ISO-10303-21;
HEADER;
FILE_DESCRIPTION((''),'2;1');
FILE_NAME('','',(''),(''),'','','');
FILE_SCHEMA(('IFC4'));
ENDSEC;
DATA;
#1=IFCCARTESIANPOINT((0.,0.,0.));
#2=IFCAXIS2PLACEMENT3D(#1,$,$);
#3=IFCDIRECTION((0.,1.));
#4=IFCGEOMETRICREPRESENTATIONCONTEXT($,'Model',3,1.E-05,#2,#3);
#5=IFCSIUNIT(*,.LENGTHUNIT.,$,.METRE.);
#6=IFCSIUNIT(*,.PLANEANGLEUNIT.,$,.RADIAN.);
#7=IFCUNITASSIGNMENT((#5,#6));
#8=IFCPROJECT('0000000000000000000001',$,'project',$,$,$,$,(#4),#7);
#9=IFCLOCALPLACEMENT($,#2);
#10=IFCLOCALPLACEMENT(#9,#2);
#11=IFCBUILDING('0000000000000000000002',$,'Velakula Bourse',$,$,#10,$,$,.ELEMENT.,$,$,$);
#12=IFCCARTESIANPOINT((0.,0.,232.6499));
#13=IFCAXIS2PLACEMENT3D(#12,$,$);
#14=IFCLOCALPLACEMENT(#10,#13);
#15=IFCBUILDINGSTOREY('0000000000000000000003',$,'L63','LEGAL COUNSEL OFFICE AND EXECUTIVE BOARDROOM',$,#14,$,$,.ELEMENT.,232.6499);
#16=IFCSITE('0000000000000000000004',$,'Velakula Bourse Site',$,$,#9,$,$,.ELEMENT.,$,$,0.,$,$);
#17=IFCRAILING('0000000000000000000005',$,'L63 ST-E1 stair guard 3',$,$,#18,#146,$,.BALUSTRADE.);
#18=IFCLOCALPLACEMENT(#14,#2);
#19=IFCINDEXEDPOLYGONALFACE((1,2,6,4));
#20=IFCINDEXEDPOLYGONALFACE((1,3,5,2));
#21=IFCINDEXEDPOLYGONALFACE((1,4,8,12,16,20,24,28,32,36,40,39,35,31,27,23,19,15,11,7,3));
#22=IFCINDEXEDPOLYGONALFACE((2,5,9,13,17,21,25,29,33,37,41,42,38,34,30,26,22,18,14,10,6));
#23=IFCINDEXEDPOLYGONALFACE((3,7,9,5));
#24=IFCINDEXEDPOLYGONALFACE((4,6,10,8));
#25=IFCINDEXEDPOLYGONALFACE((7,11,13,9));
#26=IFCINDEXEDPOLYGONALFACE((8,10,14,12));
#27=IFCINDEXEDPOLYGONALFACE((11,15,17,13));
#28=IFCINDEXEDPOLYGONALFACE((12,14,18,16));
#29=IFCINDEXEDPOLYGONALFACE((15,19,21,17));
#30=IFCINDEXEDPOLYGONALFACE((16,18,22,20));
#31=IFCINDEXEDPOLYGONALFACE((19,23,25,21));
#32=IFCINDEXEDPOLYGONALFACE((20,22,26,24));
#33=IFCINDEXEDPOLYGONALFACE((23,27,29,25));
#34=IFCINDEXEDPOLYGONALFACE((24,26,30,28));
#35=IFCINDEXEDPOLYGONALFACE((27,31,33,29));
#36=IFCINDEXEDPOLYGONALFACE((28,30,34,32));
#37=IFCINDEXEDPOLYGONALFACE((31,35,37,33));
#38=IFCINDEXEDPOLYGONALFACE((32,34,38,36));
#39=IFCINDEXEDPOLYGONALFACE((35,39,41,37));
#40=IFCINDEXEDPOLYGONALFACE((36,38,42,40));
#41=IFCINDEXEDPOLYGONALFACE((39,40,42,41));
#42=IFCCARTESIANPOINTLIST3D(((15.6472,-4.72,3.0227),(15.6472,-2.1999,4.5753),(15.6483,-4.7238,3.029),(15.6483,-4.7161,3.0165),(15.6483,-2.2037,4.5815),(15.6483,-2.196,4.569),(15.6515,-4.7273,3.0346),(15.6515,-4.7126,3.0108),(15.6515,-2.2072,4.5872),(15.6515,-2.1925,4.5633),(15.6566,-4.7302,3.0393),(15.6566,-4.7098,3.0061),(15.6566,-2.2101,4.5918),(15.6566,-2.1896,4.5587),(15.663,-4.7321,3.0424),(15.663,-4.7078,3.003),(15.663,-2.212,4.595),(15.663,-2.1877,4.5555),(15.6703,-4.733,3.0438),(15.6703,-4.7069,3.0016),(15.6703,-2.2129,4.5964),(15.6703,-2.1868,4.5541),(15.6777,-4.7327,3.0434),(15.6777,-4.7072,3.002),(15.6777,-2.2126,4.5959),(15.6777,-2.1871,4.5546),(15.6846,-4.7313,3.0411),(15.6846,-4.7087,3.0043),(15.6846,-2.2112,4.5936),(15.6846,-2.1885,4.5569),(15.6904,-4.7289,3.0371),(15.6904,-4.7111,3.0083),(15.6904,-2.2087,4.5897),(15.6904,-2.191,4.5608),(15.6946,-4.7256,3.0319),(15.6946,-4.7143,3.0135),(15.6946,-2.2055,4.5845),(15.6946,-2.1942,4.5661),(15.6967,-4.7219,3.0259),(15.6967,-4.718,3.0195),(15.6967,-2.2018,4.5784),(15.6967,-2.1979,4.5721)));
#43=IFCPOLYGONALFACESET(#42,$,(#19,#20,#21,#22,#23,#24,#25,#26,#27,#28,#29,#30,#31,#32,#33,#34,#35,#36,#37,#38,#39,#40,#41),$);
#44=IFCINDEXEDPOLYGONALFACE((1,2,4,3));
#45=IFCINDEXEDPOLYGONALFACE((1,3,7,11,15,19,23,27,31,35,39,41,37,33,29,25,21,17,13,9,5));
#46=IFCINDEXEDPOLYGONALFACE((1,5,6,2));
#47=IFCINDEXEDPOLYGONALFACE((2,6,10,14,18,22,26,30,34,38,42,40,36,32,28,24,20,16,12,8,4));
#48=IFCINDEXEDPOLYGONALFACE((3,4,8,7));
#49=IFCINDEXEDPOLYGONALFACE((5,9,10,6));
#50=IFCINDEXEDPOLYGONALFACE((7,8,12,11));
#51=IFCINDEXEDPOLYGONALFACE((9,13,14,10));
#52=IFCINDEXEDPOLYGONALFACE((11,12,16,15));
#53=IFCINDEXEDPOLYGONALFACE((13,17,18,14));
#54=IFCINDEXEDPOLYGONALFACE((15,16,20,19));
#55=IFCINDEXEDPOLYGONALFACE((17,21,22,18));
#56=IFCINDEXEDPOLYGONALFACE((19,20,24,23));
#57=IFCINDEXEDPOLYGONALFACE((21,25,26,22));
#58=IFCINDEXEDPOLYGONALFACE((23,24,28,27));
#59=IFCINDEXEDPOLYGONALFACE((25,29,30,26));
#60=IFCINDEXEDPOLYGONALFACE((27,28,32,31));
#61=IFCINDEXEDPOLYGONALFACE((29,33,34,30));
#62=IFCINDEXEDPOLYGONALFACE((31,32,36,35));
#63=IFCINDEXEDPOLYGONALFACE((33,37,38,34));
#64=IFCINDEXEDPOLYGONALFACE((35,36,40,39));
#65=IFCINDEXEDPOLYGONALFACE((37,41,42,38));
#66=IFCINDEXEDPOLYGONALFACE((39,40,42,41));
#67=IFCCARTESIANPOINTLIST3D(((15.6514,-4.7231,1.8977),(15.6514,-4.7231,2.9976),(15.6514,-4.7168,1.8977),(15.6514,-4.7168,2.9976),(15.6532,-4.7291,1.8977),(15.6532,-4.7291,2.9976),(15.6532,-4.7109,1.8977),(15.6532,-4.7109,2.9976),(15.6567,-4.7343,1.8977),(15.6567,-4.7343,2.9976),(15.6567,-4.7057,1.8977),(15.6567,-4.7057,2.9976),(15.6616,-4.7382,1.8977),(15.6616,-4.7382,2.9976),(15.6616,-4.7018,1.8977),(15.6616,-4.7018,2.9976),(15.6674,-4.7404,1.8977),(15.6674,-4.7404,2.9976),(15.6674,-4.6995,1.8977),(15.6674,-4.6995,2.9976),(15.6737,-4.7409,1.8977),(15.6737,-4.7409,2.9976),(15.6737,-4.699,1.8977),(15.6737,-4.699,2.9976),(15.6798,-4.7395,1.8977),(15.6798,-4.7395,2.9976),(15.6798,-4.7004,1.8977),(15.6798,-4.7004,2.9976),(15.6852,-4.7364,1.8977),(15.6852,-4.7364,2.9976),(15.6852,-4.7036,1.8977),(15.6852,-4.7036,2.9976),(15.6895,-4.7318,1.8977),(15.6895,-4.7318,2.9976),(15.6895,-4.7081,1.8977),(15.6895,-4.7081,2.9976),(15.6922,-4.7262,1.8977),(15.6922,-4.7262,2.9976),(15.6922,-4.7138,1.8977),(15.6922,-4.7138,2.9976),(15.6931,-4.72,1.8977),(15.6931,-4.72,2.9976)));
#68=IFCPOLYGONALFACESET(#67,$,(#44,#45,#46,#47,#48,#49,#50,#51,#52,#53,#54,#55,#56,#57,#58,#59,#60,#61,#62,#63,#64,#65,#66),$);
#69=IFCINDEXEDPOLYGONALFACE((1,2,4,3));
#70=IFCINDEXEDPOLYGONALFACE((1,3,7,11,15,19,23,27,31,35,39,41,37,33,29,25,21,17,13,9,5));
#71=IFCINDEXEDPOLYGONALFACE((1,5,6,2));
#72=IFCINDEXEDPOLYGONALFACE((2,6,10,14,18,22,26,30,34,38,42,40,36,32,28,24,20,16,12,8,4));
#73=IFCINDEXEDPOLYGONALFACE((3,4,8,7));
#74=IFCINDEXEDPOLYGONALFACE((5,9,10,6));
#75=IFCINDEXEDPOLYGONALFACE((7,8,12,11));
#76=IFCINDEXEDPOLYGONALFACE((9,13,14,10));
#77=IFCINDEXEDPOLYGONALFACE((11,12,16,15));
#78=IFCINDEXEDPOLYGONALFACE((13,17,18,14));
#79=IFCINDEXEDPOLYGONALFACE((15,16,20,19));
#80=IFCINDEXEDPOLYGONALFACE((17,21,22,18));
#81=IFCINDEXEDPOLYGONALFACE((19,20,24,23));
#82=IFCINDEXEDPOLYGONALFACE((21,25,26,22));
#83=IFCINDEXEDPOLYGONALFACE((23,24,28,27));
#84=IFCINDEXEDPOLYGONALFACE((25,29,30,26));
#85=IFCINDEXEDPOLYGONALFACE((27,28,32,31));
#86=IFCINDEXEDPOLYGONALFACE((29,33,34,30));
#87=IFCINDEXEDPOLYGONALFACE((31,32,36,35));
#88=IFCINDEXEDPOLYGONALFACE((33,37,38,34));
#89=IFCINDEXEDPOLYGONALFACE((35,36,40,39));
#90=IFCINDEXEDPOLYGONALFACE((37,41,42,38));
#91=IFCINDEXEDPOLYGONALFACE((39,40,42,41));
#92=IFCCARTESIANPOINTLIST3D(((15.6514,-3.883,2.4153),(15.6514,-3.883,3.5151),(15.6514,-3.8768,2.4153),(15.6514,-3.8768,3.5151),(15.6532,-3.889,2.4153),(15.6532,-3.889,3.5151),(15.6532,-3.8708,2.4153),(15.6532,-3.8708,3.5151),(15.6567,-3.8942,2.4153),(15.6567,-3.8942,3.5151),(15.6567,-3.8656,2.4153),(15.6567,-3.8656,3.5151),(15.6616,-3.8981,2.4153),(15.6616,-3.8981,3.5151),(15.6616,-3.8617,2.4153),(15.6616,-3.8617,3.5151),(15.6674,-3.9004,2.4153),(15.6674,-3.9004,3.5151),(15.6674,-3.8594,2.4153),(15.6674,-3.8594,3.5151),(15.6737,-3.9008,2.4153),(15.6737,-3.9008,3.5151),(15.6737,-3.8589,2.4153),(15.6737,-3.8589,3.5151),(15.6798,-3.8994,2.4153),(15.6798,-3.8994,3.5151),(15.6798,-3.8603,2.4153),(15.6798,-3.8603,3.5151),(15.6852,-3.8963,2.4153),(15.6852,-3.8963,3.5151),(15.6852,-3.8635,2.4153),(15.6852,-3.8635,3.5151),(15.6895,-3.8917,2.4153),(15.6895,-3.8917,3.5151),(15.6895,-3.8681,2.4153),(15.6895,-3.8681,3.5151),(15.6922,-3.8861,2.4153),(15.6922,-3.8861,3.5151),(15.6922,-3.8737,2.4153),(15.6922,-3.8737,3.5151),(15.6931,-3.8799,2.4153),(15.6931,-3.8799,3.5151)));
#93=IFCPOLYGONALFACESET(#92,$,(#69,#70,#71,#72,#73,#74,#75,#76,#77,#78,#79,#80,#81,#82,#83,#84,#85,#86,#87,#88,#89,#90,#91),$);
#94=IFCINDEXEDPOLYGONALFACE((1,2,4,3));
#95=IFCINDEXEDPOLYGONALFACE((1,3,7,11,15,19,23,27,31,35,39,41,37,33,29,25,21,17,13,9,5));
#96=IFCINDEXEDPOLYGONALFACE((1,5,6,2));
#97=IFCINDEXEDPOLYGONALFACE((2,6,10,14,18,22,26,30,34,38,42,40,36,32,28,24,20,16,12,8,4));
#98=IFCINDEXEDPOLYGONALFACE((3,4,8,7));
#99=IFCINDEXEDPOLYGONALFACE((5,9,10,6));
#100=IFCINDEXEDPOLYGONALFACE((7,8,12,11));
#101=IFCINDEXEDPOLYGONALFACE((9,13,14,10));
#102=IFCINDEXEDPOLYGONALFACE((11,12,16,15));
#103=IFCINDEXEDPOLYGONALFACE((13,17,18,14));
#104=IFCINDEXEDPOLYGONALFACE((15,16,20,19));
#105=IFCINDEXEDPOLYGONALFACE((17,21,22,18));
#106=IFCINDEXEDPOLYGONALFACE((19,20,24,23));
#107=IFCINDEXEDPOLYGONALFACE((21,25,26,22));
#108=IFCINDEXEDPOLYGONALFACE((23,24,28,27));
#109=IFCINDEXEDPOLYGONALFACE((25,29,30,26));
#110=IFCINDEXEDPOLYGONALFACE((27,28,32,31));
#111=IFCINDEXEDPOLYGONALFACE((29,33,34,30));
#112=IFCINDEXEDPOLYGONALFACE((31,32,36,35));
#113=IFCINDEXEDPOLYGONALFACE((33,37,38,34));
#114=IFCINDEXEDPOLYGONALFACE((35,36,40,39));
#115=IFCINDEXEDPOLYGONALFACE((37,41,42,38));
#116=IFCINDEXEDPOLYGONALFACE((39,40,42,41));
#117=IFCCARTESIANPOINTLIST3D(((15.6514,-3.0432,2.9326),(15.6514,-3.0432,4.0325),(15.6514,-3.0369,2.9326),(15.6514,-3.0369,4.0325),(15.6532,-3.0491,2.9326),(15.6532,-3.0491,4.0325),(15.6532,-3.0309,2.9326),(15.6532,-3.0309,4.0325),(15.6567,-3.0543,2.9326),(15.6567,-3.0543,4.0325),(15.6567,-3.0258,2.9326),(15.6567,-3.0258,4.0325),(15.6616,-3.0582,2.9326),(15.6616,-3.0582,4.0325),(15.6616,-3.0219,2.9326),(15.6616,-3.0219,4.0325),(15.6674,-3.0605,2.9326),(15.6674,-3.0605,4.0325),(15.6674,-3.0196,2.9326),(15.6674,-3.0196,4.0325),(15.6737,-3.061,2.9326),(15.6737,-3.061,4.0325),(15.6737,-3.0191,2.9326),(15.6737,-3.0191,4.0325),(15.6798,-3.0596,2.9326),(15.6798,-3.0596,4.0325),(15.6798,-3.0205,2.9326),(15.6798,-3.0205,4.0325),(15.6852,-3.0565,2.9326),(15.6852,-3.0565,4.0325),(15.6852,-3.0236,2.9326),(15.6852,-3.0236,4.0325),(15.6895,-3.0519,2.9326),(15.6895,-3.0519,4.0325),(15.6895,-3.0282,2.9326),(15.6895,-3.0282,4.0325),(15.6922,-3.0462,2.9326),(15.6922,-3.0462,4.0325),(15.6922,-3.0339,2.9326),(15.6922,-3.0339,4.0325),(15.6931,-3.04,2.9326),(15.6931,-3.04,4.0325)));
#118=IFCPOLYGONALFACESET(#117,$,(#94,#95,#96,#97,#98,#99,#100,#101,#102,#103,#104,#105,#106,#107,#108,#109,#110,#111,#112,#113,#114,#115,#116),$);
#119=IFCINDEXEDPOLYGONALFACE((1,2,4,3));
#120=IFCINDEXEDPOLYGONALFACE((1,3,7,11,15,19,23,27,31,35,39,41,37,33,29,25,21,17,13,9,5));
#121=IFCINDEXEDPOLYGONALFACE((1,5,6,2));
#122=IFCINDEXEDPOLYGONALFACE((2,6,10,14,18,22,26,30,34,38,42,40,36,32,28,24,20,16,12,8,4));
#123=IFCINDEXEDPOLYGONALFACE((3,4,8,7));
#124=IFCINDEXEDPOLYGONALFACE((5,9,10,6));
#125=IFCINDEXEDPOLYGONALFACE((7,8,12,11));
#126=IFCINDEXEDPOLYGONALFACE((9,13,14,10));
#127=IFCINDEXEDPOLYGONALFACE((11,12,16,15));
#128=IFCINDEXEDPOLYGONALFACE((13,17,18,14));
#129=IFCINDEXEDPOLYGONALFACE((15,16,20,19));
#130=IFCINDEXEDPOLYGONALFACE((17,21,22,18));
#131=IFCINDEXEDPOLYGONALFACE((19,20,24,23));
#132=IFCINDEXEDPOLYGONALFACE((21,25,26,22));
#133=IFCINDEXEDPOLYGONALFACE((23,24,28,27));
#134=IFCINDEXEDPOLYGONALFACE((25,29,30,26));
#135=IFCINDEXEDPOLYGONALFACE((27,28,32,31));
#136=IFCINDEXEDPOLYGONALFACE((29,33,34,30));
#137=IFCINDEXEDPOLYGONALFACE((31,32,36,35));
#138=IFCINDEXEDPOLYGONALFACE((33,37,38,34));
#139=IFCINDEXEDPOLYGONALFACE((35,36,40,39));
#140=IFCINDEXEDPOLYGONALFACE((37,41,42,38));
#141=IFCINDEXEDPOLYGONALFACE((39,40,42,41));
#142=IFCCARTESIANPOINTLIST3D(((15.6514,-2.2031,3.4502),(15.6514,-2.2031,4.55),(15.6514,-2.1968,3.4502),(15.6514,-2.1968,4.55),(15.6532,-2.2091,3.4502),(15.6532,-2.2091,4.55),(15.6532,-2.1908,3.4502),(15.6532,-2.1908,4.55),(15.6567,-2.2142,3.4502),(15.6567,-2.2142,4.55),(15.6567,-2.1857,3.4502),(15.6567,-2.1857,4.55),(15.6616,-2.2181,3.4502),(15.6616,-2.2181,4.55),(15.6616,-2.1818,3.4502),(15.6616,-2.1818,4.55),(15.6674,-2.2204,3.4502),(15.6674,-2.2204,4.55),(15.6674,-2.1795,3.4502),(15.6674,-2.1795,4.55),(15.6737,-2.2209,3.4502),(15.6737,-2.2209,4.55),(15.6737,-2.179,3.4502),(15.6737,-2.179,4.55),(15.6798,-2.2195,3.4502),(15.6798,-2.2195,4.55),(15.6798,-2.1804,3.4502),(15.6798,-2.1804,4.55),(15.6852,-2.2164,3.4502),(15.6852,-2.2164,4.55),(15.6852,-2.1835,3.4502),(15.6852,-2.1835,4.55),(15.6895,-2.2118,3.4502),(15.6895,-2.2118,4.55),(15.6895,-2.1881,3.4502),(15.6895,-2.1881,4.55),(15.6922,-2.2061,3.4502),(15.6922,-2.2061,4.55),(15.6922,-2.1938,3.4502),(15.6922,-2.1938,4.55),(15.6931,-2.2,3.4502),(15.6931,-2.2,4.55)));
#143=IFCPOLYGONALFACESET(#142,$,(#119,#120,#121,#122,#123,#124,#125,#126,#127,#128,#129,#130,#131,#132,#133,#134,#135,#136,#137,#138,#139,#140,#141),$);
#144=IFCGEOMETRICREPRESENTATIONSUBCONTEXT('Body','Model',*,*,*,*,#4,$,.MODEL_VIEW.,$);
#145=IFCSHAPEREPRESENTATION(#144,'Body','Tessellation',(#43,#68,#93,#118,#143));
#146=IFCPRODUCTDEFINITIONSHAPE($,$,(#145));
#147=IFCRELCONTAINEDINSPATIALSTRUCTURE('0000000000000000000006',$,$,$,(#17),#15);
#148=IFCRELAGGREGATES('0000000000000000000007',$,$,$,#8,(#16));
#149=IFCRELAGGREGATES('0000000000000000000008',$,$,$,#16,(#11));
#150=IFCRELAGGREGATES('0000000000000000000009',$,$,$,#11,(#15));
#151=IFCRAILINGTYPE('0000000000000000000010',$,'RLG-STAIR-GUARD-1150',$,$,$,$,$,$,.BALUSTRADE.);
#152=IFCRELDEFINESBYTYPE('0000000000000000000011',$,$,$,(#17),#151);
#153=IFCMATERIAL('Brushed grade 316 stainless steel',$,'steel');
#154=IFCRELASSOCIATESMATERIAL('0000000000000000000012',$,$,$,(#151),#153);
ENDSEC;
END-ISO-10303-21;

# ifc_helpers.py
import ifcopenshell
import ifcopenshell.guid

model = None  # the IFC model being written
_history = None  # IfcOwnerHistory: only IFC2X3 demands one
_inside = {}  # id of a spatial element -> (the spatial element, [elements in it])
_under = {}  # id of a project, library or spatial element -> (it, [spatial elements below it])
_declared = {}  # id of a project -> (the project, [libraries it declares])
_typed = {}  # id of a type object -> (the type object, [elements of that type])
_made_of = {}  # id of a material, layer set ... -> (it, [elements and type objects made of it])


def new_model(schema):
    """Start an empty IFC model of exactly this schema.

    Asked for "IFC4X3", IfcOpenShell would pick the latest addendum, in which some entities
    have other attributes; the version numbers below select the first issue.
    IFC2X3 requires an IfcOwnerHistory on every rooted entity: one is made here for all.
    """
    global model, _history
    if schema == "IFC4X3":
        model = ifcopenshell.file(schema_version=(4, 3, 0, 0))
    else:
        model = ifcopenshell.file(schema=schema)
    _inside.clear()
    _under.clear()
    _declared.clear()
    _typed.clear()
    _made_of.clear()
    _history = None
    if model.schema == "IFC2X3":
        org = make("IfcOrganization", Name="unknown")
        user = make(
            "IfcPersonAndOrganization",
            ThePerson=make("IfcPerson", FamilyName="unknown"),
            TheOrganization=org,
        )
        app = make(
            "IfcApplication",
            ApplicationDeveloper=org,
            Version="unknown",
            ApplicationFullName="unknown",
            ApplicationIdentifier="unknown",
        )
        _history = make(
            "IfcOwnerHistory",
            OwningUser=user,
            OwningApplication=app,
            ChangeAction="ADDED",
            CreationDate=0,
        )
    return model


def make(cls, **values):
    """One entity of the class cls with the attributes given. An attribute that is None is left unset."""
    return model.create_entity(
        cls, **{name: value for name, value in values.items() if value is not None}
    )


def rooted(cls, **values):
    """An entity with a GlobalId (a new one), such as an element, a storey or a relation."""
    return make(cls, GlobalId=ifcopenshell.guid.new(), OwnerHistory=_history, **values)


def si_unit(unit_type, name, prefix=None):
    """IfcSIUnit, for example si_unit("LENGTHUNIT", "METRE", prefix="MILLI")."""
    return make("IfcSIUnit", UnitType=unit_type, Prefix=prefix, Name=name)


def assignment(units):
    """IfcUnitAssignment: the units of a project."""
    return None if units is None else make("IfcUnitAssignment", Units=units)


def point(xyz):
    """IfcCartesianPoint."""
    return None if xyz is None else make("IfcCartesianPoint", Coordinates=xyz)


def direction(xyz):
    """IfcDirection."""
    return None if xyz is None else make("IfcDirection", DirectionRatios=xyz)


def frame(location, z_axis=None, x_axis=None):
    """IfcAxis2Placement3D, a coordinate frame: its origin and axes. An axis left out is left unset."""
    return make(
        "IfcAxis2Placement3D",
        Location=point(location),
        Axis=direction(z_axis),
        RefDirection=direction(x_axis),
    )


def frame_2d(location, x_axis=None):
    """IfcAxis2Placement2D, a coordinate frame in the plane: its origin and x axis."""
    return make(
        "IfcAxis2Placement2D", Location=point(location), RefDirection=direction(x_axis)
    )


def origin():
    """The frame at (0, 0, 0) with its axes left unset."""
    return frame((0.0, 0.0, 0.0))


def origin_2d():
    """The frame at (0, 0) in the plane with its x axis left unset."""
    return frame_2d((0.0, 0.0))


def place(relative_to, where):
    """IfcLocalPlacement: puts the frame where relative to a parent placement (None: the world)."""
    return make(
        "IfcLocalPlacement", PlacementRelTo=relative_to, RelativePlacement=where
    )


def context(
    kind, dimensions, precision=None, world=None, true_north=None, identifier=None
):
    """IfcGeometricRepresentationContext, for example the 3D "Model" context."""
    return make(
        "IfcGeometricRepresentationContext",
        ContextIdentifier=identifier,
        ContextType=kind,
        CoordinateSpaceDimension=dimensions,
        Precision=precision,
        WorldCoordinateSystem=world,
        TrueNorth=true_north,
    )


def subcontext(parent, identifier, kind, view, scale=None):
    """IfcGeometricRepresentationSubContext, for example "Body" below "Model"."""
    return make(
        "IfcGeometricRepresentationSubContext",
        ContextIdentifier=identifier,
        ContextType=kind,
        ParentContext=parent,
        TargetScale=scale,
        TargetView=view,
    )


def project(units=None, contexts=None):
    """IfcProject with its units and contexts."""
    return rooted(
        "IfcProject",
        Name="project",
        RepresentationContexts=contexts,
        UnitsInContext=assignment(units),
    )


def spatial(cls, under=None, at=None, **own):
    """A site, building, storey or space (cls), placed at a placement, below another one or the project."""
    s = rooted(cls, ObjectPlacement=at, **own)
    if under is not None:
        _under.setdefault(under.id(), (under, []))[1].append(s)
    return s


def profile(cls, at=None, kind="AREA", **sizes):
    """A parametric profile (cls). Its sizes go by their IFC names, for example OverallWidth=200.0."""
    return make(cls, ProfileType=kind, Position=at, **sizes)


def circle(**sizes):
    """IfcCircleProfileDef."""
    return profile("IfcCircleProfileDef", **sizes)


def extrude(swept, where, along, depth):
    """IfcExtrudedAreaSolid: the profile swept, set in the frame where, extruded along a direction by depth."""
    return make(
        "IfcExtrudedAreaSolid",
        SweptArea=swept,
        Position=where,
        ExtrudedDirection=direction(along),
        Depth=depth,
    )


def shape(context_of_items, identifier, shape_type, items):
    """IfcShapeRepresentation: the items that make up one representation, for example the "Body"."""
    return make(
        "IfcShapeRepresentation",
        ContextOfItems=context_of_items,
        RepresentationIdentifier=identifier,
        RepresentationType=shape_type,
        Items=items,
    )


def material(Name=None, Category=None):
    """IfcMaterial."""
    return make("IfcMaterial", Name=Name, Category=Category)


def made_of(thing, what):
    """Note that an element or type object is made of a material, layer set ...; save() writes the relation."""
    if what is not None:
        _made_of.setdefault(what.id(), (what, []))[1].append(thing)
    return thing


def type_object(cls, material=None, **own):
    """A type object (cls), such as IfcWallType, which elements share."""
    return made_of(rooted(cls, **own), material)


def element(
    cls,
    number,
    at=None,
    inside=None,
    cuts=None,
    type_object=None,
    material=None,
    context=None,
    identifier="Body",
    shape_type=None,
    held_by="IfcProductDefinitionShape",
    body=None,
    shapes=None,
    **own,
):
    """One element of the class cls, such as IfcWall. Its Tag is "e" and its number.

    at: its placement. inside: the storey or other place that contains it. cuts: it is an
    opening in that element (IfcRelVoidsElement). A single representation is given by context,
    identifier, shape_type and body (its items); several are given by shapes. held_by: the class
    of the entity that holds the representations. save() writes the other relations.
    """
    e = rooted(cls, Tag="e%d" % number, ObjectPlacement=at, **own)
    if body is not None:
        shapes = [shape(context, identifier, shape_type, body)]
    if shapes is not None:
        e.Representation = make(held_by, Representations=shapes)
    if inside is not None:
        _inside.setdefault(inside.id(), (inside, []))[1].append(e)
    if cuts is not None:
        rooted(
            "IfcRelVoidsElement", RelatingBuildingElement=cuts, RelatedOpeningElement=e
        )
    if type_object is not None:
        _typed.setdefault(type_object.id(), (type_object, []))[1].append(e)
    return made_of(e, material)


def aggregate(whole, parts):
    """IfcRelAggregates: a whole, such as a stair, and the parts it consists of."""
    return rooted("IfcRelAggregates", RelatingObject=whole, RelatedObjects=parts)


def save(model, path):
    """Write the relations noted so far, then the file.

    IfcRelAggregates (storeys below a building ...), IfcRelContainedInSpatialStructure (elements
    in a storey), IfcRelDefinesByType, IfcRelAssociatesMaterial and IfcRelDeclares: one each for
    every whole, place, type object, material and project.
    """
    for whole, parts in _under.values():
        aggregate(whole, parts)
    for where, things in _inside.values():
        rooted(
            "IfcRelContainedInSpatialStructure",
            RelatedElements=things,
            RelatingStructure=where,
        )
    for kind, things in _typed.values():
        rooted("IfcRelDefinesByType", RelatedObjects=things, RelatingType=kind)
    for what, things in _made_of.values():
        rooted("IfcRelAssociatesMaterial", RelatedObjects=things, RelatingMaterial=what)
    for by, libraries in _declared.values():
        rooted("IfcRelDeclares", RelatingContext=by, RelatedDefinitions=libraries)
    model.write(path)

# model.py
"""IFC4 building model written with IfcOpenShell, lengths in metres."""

from ifc_helpers import new_model, si_unit, direction, frame, origin, origin_2d, place, context, subcontext, project, spatial, circle, extrude, material, type_object, element, save


model = new_model("IFC4")

# Units and contexts
model_context = context("Model", 3, precision=1e-05, world=origin(), true_north=direction((0.0, 1.0)))
body_context = subcontext(model_context, "Body", "Model", "MODEL_VIEW")
ifc_project = project(units=[si_unit("LENGTHUNIT", "METRE"), si_unit("PLANEANGLEUNIT", "RADIAN")], contexts=[model_context])

# Site, building, storey
site_placement = place(None, origin())
site = spatial("IfcSite", under=ifc_project, at=site_placement, Name="Velakula Bourse Site", CompositionType="ELEMENT", RefElevation=0.0)
building_placement = place(site_placement, origin())
building = spatial("IfcBuilding", under=site, at=building_placement, Name="Velakula Bourse", CompositionType="ELEMENT")
storey_placement = place(building_placement, frame((0.0, 0.0, 232.6499)))
storey = spatial("IfcBuildingStorey", under=building, at=storey_placement, Name="L63", Description="LEGAL COUNSEL OFFICE AND EXECUTIVE BOARDROOM", CompositionType="ELEMENT", Elevation=232.6499)

# Shared definitions
ifc_material_1 = material(Name="Brushed grade 316 stainless steel", Category="steel")

# Railing
railing_type_1 = type_object("IfcRailingType", Name="RLG-STAIR-GUARD-1150", PredefinedType="BALUSTRADE", material=ifc_material_1)
railing_1_placement = place(storey_placement, frame((15.6721, -4.72, 1.8977)))
element("IfcRailing", 1, at=railing_1_placement, inside=storey, type_object=railing_type_1, Name="L63 ST-E1 stair guard 3", PredefinedType="BALUSTRADE", context=body_context, shape_type="SweptSolid", body=[
    extrude(circle(Radius=0.0249, at=origin_2d()), frame((0.0, 0.0, 1.125), z_axis=(0.0, 0.8514, 0.524516), x_axis=(-1.0, 0.0, 0.0)), (0.0, 0.0, 1.0), 2.96),
    extrude(circle(Radius=0.021, at=origin_2d()), origin(), (0.0, 0.0, 1.0), 1.0999),
    extrude(circle(Radius=0.021, at=origin_2d()), frame((0.0, 0.8401, 0.5176)), (0.0, 0.0, 1.0), 1.0999),
    extrude(circle(Radius=0.021, at=origin_2d()), frame((0.0, 1.6799, 1.0349)), (0.0, 0.0, 1.0), 1.0999),
    extrude(circle(Radius=0.021, at=origin_2d()), frame((0.0, 2.52, 1.5525)), (0.0, 0.0, 1.0), 1.0999),
])

save(model, "model.ifc")
